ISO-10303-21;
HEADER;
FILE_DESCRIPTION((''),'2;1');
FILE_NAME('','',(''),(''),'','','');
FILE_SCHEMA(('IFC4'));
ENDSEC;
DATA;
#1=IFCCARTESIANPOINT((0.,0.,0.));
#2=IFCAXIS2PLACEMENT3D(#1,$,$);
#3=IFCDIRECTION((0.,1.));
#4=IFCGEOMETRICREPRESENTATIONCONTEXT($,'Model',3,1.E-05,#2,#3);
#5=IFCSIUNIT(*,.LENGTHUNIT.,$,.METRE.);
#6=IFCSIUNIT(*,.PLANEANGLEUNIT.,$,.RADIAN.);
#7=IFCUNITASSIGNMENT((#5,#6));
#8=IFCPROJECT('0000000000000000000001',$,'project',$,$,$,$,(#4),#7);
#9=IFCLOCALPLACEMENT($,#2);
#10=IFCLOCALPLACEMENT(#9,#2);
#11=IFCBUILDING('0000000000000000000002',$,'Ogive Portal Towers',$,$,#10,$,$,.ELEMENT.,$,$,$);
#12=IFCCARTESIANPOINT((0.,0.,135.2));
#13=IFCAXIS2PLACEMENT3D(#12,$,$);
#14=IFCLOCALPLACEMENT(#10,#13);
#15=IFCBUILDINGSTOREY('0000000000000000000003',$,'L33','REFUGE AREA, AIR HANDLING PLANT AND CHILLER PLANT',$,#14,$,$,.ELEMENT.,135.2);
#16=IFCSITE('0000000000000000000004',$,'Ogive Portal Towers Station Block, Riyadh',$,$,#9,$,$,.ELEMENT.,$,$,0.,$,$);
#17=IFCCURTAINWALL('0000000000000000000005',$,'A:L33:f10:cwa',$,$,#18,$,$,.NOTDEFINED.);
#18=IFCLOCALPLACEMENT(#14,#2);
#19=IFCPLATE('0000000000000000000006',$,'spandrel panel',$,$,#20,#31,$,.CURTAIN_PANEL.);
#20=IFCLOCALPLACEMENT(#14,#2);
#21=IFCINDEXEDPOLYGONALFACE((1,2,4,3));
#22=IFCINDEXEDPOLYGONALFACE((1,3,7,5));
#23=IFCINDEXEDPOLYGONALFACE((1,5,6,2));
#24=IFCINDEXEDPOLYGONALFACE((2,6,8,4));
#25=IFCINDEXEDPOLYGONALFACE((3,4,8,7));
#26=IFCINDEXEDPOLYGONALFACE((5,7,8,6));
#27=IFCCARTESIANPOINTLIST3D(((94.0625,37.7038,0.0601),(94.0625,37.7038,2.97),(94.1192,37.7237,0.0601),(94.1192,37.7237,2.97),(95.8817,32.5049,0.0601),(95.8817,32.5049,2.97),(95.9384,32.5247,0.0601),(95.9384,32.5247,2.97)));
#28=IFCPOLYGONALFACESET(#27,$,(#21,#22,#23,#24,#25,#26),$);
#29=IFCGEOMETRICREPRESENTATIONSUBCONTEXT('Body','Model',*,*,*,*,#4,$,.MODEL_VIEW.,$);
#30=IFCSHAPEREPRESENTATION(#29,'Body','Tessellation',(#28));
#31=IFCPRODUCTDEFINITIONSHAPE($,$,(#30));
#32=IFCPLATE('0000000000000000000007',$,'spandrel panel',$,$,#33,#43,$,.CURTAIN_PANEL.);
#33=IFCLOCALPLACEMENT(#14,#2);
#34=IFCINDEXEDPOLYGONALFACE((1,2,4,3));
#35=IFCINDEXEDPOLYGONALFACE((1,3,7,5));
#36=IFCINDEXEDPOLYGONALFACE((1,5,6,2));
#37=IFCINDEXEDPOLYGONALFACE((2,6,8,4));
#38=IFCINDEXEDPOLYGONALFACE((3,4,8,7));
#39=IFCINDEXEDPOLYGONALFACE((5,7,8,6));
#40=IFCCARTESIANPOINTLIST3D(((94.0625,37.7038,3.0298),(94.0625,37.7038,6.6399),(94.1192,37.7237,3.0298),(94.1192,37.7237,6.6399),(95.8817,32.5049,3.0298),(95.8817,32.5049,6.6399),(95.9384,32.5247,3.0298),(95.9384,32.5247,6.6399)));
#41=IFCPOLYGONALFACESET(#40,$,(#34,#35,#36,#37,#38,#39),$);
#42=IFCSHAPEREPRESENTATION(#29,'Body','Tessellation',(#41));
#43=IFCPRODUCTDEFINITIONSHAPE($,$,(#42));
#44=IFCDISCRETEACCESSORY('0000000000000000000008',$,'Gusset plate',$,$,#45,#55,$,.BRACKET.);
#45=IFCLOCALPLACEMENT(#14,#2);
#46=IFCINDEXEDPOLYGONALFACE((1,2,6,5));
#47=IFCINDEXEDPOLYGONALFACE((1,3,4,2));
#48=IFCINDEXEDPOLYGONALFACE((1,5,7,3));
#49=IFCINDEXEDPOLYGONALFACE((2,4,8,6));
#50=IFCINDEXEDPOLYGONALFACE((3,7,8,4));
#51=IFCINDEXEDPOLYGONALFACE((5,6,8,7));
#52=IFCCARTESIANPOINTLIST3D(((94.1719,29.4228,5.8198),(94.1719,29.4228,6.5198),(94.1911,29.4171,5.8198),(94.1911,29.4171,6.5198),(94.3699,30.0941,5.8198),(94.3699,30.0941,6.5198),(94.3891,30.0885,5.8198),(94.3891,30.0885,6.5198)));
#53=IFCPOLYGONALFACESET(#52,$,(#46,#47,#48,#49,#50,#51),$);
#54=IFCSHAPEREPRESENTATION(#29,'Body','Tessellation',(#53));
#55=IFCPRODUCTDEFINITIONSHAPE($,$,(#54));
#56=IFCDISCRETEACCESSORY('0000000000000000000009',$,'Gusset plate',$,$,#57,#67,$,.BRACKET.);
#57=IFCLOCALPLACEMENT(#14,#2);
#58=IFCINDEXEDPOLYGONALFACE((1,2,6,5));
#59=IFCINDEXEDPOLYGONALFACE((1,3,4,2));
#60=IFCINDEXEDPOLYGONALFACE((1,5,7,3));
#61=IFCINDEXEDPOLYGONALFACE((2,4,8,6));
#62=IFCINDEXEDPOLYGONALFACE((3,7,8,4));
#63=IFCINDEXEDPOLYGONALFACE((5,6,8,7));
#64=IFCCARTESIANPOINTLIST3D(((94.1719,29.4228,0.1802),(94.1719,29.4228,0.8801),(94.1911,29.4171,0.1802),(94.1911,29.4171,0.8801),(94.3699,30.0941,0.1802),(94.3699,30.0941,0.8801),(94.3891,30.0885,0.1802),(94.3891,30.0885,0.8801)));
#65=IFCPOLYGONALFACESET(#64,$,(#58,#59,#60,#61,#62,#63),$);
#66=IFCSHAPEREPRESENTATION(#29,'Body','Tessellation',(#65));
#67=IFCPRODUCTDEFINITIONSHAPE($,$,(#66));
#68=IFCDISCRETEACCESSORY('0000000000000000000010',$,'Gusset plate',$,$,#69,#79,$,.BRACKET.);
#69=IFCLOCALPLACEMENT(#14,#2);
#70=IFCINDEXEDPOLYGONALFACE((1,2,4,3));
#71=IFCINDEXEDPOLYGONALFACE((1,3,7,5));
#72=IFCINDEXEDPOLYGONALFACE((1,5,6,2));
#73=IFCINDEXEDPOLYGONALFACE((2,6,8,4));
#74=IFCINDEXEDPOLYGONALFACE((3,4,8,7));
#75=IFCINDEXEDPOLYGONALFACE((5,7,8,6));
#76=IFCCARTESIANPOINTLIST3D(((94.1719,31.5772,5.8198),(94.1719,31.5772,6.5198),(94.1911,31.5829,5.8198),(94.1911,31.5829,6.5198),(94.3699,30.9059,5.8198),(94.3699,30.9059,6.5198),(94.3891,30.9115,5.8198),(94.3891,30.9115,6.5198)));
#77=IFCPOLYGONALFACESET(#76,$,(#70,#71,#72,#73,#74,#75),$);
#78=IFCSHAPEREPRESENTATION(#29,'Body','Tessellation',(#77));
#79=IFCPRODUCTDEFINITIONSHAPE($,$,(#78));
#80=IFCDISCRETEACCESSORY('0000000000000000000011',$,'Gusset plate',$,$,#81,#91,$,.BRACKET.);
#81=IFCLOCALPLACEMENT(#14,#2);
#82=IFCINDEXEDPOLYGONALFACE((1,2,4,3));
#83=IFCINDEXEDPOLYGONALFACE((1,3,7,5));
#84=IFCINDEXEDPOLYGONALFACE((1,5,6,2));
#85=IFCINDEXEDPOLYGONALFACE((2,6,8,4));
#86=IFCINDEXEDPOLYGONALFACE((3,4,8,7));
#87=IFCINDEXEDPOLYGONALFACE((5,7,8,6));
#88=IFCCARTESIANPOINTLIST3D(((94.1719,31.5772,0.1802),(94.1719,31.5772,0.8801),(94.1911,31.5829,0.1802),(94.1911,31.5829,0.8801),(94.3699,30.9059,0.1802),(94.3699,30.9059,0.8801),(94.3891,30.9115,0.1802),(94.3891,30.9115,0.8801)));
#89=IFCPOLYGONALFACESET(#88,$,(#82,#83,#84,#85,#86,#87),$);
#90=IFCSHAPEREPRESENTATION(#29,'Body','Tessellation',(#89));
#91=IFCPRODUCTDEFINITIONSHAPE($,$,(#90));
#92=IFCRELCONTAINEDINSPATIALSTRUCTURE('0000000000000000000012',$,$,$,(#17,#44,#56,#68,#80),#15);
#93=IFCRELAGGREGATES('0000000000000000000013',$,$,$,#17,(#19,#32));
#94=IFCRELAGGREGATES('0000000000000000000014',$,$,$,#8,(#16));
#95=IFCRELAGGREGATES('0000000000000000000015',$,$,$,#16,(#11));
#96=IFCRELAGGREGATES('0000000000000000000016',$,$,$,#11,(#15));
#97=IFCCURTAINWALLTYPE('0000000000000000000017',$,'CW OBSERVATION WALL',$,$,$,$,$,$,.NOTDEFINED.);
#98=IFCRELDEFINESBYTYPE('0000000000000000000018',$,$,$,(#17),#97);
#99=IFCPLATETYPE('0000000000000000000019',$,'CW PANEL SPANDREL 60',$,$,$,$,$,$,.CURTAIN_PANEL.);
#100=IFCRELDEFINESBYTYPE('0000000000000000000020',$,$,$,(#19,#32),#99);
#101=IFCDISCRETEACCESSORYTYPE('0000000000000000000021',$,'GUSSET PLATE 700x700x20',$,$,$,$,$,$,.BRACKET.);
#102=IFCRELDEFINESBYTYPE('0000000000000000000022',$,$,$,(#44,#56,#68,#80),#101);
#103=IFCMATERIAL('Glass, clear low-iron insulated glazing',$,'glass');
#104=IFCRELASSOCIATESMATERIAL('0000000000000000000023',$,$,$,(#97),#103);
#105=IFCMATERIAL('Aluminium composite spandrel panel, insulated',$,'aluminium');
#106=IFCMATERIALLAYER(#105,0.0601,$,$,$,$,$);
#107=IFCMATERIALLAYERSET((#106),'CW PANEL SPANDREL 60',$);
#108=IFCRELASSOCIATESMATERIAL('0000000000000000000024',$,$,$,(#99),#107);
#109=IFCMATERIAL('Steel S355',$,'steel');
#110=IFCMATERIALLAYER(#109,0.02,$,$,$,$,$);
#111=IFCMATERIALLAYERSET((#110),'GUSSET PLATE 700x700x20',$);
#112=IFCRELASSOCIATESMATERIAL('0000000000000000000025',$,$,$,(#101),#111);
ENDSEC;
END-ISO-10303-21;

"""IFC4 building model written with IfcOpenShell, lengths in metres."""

from ifc_helpers import new_model, si_unit, direction, frame, origin, origin_2d, place, context, subcontext, project, spatial, rectangle, extrude, material, layer, layer_set, type_object, element, aggregate, save


model = new_model("IFC4")

# Units and contexts
model_context = context("Model", 3, precision=1e-05, world=origin(), true_north=direction((0.0, 1.0)))
body_context = subcontext(model_context, "Body", "Model", "MODEL_VIEW")
ifc_project = project(units=[si_unit("LENGTHUNIT", "METRE"), si_unit("PLANEANGLEUNIT", "RADIAN")], contexts=[model_context])

# Site, building, storey
site_placement = place(None, origin())
site = spatial("IfcSite", under=ifc_project, at=site_placement, Name="Ogive Portal Towers Station Block, Riyadh", CompositionType="ELEMENT", RefElevation=0.0)
building_placement = place(site_placement, origin())
building = spatial("IfcBuilding", under=site, at=building_placement, Name="Ogive Portal Towers", CompositionType="ELEMENT")
storey_placement = place(building_placement, frame((0.0, 0.0, 135.2)))
storey = spatial("IfcBuildingStorey", under=building, at=storey_placement, Name="L33", Description="REFUGE AREA, AIR HANDLING PLANT AND CHILLER PLANT", CompositionType="ELEMENT", Elevation=135.2)

# Shared definitions
ifc_material_1 = material(Name="Steel S355", Category="steel")

# Curtain wall
ifc_material_2 = material(Name="Glass, clear low-iron insulated glazing", Category="glass")
curtain_wall_type = type_object("IfcCurtainWallType", Name="CW OBSERVATION WALL", PredefinedType="NOTDEFINED", material=ifc_material_2)
curtain_wall_1_placement = place(storey_placement, origin())
curtain_wall_1 = element("IfcCurtainWall", 1, at=curtain_wall_1_placement, inside=storey, type_object=curtain_wall_type, Name="A:L33:f10:cwa", PredefinedType="NOTDEFINED")

# Plates
ifc_material_3 = material(Name="Aluminium composite spandrel panel, insulated", Category="aluminium")
ifc_layer_1 = layer(ifc_material_3, 0.0601)
ifc_layer_set_1 = layer_set([ifc_layer_1], Name="CW PANEL SPANDREL 60")
plate_type = type_object("IfcPlateType", Name="CW PANEL SPANDREL 60", PredefinedType="CURTAIN_PANEL", material=ifc_layer_set_1)
plate_1_placement = place(storey_placement, frame((95.0005, 35.1143, 0.0601), z_axis=(0.0, 0.0, 1.0), x_axis=(-0.330279, 0.943883, 0.0)))
plate_1 = element("IfcPlate", 2, at=plate_1_placement, type_object=plate_type, Name="spandrel panel", PredefinedType="CURTAIN_PANEL", context=body_context, shape_type="SweptSolid", body=[
    extrude(rectangle(XDim=5.5081, YDim=0.0601, at=origin_2d()), origin(), (0.0, 0.0, 1.0), 2.9099),
])
plate_2_placement = place(storey_placement, frame((95.0005, 35.1143, 3.0298), z_axis=(0.0, 0.0, 1.0), x_axis=(-0.330279, 0.943883, 0.0)))
plate_2 = element("IfcPlate", 3, at=plate_2_placement, type_object=plate_type, Name="spandrel panel", PredefinedType="CURTAIN_PANEL", context=body_context, shape_type="SweptSolid", body=[
    extrude(rectangle(XDim=5.5081, YDim=0.0601, at=origin_2d()), origin(), (0.0, 0.0, 1.0), 3.6101),
])
aggregate(curtain_wall_1, [plate_1, plate_2])

# Discrete accessories
ifc_layer_2 = layer(ifc_material_1, 0.02)
ifc_layer_set_2 = layer_set([ifc_layer_2], Name="GUSSET PLATE 700x700x20")
discrete_accessory_type = type_object("IfcDiscreteAccessoryType", Name="GUSSET PLATE 700x700x20", PredefinedType="BRACKET", material=ifc_layer_set_2)
for number, where, z_axis, x_axis, name in (
    (4, (94.2805, 29.7556, 5.8198), (0.0, 0.0, 1.0), (0.282894, 0.959151, 0.0), "Gusset plate"),
    (5, (94.2805, 29.7556, 0.1802), (0.0, 0.0, 1.0), (0.282894, 0.959151, 0.0), "Gusset plate"),
    (6, (94.2805, 31.2444, 5.8198), (0.0, 0.0, 1.0), (-0.282894, 0.959151, 0.0), "Gusset plate"),
    (7, (94.2805, 31.2444, 0.1802), (0.0, 0.0, 1.0), (-0.282894, 0.959151, 0.0), "Gusset plate"),
):
    element("IfcDiscreteAccessory", number, at=place(storey_placement, frame(where, z_axis=z_axis, x_axis=x_axis)), inside=storey, type_object=discrete_accessory_type, Name=name, PredefinedType="BRACKET", context=body_context, shape_type="SweptSolid", body=[
        extrude(rectangle(XDim=0.7, YDim=0.02, at=origin_2d()), origin(), (0.0, 0.0, 1.0), 0.7),
    ])

save(model, "model.ifc")
